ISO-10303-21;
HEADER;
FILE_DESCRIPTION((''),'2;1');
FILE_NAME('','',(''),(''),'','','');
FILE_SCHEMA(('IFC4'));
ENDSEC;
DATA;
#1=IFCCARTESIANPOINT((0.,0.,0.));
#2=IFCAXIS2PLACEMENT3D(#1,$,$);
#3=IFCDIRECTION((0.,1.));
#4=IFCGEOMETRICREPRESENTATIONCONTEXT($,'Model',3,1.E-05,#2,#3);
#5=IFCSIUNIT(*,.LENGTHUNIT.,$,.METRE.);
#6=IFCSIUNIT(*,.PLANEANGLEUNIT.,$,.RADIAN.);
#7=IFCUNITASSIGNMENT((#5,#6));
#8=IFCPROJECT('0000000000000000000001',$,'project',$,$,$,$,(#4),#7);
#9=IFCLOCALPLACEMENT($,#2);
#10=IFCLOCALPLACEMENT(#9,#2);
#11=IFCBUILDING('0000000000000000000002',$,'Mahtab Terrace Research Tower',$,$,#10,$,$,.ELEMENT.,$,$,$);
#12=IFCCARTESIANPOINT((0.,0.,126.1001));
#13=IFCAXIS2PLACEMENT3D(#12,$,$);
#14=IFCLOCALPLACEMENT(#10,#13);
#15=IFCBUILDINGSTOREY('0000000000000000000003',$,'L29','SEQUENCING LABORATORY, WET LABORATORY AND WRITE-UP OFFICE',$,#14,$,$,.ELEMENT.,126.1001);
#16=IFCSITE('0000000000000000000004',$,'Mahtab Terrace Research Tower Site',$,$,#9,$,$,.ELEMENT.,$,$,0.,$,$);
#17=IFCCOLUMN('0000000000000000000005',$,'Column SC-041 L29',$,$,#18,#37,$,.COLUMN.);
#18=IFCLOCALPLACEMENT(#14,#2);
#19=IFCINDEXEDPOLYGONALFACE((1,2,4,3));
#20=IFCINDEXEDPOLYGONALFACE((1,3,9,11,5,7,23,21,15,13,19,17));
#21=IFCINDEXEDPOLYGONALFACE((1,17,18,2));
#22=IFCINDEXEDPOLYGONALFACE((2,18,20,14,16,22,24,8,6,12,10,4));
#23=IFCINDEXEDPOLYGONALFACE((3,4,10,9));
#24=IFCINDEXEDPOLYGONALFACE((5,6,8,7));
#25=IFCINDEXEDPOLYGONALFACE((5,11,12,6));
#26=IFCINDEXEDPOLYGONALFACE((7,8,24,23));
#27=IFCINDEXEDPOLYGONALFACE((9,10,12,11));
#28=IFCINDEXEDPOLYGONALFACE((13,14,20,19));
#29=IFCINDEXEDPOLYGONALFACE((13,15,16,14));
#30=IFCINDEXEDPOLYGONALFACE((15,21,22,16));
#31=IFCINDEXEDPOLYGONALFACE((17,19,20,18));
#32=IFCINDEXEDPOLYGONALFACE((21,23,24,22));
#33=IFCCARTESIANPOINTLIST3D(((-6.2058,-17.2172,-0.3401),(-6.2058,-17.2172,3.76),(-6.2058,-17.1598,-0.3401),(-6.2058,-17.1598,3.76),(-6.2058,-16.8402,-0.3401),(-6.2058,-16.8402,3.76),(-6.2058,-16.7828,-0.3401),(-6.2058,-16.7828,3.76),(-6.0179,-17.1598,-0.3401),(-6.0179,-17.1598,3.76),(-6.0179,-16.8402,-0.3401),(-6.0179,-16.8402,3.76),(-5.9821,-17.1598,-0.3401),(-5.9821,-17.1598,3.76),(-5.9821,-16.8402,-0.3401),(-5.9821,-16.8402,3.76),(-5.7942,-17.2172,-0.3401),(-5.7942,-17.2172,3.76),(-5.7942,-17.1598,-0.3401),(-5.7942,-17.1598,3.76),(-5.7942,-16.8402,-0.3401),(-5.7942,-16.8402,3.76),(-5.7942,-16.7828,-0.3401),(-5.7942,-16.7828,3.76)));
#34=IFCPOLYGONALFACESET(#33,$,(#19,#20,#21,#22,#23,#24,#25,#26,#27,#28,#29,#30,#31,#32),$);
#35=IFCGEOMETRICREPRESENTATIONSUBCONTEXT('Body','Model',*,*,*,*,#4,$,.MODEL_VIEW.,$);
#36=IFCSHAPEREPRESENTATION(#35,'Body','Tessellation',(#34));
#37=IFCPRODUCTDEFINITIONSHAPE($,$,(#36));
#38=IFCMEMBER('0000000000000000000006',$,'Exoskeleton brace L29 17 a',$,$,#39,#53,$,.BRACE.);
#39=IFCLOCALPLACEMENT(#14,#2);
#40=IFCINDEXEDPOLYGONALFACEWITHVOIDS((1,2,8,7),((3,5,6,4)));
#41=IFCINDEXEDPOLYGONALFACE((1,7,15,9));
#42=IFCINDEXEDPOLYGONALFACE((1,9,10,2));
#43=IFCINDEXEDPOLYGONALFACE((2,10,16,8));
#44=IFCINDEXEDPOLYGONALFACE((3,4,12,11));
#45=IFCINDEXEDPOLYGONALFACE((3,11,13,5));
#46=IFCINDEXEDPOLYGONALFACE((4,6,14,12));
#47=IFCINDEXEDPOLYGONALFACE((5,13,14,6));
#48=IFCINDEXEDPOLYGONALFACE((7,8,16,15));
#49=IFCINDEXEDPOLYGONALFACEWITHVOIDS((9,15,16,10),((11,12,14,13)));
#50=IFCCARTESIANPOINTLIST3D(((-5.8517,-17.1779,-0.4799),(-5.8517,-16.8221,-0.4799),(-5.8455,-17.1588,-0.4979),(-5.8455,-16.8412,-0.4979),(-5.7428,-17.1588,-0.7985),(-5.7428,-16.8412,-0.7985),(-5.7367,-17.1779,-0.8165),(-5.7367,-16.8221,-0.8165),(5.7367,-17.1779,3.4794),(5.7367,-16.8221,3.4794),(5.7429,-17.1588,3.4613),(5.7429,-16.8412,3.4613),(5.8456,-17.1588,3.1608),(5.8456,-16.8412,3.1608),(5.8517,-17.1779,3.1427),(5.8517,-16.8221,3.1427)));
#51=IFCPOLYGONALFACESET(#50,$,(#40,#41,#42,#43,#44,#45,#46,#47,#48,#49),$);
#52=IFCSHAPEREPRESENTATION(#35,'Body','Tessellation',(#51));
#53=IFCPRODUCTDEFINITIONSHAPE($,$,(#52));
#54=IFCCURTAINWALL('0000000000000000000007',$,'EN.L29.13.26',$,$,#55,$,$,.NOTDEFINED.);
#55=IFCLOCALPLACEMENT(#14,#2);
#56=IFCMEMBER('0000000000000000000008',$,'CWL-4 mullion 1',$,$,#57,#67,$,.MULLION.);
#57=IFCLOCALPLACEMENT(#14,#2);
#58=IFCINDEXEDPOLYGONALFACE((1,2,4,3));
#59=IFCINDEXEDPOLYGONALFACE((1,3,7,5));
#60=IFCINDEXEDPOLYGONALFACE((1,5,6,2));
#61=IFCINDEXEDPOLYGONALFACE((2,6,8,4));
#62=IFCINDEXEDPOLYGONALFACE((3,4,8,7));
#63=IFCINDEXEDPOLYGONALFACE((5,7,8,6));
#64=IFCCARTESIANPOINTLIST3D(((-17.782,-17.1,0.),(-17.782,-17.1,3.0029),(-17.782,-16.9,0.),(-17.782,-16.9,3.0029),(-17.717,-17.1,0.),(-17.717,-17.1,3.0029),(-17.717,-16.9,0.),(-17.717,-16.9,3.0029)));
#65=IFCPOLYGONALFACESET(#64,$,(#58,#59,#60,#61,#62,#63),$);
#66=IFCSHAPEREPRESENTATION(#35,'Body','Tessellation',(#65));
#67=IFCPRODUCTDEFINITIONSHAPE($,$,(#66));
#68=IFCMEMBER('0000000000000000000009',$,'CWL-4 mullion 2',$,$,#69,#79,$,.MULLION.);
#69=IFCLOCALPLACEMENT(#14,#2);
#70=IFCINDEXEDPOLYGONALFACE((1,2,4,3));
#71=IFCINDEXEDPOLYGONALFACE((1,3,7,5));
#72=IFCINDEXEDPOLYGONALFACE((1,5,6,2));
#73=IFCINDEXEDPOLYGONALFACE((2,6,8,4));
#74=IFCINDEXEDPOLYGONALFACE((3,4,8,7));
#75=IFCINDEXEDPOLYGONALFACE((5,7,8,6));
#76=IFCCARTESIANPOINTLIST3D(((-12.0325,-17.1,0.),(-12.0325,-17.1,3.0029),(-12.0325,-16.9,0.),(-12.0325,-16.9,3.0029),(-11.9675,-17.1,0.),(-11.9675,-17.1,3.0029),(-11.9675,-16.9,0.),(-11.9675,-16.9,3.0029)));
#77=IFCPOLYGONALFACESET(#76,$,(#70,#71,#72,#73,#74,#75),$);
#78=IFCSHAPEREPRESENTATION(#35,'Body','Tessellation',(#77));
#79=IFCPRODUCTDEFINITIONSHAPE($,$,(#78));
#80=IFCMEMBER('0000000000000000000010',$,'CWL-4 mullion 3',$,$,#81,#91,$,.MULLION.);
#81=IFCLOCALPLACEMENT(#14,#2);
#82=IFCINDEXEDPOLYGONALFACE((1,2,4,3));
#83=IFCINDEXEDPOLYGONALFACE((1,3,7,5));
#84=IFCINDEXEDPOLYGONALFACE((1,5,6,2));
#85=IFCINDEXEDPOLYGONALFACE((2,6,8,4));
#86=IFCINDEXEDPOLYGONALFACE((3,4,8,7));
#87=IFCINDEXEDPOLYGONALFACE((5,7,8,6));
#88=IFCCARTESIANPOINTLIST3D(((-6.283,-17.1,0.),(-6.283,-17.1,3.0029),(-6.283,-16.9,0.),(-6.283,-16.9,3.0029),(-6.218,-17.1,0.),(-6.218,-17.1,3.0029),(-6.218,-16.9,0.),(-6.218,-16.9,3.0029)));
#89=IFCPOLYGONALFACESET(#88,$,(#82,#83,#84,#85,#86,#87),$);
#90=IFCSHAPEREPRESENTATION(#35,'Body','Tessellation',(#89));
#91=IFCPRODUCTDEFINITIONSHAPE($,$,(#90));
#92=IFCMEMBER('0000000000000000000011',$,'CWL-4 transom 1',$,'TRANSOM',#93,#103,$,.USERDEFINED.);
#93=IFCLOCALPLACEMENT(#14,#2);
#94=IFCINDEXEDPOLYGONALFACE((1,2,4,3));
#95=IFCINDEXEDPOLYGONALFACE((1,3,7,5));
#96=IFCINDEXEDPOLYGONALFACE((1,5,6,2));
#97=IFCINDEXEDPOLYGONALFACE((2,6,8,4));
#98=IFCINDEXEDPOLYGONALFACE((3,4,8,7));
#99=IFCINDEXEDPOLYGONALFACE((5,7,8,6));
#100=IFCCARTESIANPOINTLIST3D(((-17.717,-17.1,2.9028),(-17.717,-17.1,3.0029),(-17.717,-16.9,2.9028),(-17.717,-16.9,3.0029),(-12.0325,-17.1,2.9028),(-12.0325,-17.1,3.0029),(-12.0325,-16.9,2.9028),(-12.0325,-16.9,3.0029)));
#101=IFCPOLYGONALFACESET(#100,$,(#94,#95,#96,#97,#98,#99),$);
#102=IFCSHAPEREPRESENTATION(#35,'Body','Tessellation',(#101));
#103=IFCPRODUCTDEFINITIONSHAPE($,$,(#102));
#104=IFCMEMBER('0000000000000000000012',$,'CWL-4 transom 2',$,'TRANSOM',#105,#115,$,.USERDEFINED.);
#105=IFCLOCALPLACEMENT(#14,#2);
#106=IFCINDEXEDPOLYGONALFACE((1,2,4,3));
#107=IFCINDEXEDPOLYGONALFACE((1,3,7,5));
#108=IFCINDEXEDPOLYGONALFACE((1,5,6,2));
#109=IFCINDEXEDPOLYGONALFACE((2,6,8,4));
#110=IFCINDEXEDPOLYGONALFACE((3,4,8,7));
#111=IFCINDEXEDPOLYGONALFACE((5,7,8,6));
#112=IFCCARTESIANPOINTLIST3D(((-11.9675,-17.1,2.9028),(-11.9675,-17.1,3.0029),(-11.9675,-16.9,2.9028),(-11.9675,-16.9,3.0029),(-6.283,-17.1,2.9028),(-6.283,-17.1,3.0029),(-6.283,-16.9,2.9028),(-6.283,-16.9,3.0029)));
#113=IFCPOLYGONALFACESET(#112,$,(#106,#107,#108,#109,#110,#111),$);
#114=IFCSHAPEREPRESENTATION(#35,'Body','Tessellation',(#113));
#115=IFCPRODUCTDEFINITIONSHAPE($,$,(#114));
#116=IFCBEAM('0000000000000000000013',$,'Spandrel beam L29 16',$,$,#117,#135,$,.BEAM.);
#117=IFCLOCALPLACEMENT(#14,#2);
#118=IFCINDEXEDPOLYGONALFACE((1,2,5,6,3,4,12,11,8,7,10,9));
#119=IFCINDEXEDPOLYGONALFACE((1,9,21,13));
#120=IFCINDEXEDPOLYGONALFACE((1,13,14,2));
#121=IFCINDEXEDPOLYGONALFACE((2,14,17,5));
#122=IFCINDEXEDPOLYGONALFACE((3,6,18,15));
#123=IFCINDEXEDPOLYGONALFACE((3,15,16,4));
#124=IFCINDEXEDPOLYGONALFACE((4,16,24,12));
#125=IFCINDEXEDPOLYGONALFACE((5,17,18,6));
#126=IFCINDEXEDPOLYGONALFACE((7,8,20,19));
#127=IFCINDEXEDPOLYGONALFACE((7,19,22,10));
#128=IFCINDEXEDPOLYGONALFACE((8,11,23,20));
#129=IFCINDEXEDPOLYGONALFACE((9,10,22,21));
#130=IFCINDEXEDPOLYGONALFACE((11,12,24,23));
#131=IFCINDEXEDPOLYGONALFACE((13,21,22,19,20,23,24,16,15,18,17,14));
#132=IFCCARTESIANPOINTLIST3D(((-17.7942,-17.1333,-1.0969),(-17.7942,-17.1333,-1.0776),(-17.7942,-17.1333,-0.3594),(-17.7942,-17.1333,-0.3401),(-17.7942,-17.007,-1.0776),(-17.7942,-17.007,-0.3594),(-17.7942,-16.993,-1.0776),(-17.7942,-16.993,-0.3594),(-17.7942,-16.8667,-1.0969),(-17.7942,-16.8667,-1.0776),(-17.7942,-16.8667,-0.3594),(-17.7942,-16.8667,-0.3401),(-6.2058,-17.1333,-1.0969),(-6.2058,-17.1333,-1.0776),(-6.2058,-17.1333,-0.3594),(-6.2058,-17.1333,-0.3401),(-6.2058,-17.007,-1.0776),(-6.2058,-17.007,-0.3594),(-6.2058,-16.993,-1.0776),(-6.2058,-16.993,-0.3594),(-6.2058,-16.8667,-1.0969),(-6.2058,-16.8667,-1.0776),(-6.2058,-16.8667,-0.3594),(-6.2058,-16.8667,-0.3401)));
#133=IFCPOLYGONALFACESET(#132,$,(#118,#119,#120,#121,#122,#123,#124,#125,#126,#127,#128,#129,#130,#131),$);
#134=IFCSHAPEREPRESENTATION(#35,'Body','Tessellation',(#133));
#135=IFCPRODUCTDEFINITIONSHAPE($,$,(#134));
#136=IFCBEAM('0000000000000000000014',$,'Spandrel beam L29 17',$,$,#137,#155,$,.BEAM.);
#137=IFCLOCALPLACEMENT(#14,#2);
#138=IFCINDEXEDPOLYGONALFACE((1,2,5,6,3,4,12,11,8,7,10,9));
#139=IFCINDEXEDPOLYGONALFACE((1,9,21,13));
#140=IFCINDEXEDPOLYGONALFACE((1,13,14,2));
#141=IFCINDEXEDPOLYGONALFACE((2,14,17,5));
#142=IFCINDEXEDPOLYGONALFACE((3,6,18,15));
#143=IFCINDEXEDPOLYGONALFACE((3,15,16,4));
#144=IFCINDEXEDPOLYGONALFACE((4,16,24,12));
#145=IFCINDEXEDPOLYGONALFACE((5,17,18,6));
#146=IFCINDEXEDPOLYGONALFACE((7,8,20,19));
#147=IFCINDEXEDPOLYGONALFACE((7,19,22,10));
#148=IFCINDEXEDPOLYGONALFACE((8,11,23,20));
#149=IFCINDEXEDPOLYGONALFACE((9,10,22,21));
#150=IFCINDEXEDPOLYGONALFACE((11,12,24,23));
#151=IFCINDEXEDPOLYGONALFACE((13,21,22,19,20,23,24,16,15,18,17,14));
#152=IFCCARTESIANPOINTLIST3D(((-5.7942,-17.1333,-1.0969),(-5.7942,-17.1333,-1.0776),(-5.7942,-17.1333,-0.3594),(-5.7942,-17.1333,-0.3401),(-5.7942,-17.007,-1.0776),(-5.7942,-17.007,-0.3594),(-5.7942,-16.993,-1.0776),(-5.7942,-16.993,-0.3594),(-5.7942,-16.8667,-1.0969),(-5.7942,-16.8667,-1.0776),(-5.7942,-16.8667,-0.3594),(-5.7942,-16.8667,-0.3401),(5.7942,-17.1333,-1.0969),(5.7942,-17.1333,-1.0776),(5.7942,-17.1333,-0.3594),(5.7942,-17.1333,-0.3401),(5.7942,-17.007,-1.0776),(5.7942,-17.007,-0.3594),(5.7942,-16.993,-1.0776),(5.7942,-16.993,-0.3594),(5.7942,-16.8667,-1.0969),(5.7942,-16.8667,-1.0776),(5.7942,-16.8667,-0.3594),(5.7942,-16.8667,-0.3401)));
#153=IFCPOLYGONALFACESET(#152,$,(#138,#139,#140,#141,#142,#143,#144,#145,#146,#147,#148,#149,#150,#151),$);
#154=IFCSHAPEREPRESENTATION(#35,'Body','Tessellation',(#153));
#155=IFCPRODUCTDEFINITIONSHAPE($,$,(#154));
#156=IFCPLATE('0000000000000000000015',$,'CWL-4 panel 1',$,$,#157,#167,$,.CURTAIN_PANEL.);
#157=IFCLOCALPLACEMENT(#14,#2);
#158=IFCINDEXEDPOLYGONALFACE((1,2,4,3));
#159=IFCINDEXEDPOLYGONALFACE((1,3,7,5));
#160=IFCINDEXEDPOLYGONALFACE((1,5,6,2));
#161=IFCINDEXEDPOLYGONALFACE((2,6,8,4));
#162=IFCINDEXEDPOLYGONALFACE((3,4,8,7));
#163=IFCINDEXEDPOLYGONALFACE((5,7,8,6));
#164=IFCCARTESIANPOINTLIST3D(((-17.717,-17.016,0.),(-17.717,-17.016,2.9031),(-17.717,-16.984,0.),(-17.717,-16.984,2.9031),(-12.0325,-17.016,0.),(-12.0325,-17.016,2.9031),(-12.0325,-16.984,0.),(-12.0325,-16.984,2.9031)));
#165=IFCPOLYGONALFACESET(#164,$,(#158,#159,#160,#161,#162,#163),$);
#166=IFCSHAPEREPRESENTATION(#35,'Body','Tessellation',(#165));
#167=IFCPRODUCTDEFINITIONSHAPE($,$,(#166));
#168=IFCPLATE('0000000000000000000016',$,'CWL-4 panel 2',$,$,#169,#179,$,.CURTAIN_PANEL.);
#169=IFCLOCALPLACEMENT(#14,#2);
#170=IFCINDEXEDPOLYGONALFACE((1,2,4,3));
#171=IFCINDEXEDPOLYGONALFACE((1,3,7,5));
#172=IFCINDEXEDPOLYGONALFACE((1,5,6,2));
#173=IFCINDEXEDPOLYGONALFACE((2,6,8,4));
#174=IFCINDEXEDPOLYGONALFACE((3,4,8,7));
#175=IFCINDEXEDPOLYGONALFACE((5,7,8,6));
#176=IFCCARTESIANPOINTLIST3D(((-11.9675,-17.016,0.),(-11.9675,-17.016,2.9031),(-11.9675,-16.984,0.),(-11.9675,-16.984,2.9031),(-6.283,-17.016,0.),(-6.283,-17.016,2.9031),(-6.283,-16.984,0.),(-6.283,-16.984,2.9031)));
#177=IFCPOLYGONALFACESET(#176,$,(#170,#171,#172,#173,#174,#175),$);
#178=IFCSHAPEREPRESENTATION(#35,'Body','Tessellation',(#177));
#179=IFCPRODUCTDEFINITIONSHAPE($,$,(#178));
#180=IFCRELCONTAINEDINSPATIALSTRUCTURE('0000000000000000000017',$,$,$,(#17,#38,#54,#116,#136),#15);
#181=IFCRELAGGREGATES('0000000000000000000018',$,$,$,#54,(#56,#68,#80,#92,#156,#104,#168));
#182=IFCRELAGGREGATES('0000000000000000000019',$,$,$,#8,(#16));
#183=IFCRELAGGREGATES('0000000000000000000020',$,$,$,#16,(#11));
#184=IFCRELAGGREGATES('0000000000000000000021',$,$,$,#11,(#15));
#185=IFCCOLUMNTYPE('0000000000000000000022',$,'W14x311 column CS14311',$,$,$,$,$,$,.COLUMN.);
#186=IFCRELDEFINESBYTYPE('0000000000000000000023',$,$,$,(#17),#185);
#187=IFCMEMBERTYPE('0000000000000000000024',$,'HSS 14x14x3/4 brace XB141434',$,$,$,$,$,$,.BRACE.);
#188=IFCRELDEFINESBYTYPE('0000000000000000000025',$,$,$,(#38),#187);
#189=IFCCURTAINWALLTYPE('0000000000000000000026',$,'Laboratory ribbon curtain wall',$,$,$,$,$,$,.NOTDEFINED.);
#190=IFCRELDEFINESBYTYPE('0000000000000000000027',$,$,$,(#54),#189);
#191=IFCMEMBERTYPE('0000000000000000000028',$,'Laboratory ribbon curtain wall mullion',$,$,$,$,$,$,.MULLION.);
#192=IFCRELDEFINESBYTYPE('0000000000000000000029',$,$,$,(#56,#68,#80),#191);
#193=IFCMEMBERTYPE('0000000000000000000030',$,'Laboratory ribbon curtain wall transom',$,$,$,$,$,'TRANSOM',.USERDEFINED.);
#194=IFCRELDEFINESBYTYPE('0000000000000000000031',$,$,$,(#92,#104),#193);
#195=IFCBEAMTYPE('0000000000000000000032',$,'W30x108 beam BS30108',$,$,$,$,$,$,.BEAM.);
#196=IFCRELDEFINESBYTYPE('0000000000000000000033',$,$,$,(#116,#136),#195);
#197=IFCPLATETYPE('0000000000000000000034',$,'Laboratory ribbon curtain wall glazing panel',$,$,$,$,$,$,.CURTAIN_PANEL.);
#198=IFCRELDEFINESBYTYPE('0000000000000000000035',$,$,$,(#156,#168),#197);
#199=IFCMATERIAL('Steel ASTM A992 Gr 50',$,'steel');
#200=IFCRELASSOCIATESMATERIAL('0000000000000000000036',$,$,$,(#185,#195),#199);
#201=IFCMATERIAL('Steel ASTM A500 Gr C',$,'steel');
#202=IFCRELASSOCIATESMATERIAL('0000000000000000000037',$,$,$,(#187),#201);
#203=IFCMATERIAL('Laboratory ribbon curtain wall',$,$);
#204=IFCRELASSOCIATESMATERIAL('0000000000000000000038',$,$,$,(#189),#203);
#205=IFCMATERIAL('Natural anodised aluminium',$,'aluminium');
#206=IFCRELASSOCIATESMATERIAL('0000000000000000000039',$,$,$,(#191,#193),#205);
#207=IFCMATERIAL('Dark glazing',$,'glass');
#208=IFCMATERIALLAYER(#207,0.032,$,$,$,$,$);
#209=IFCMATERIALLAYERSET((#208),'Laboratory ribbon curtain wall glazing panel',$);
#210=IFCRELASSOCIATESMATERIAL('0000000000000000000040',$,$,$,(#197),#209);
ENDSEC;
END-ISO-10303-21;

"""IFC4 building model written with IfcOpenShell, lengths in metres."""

from ifc_helpers import new_model, si_unit, direction, frame, origin, origin_2d, place, context, subcontext, project, spatial, rectangle, hollow_rectangle, i_section, extrude, material, layer, layer_set, material_profile, profile_set, type_object, element, aggregate, save


model = new_model("IFC4")

# Units and contexts
model_context = context("Model", 3, precision=1e-05, world=origin(), true_north=direction((0.0, 1.0)))
body_context = subcontext(model_context, "Body", "Model", "MODEL_VIEW")
ifc_project = project(units=[si_unit("LENGTHUNIT", "METRE"), si_unit("PLANEANGLEUNIT", "RADIAN")], contexts=[model_context])

# Site, building, storey
site_placement = place(None, origin())
site = spatial("IfcSite", under=ifc_project, at=site_placement, Name="Mahtab Terrace Research Tower Site", CompositionType="ELEMENT", RefElevation=0.0)
building_placement = place(site_placement, origin())
building = spatial("IfcBuilding", under=site, at=building_placement, Name="Mahtab Terrace Research Tower", CompositionType="ELEMENT")
storey_placement = place(building_placement, frame((0.0, 0.0, 126.1001)))
storey = spatial("IfcBuildingStorey", under=building, at=storey_placement, Name="L29", Description="SEQUENCING LABORATORY, WET LABORATORY AND WRITE-UP OFFICE", CompositionType="ELEMENT", Elevation=126.1001)

# Column
ifc_material_1 = material(Name="Steel ASTM A992 Gr 50", Category="steel")
ifc_material_profile_1 = material_profile(ifc_material_1, i_section(OverallWidth=0.4116, OverallDepth=0.4343, WebThickness=0.0359, FlangeThickness=0.0574, at=origin_2d()), Name="W14X311")
ifc_profile_set_1 = profile_set([ifc_material_profile_1], Name="Steel ASTM A992 Gr 50")
column_type = type_object("IfcColumnType", Name="W14x311 column CS14311", PredefinedType="COLUMN", material=ifc_profile_set_1)
column_placement = place(storey_placement, frame((-6.0, -17.0, -0.3401), z_axis=(0.0, 0.0, 1.0), x_axis=(1.0, 0.0, 0.0)))
element("IfcColumn", 1, at=column_placement, inside=storey, type_object=column_type, Name="Column SC-041 L29", PredefinedType="COLUMN", context=body_context, shape_type="SweptSolid", body=[
    extrude(i_section(OverallWidth=0.4116, OverallDepth=0.4343, WebThickness=0.0359, FlangeThickness=0.0574, at=origin_2d()), origin(), (0.0, 0.0, 1.0), 4.1001),
])

# Member
ifc_material_2 = material(Name="Steel ASTM A500 Gr C", Category="steel")
ifc_material_profile_2 = material_profile(ifc_material_2, hollow_rectangle(XDim=0.3557, YDim=0.3557, WallThickness=0.019, at=origin_2d()), Name="HSS14X14X3/4")
ifc_profile_set_2 = profile_set([ifc_material_profile_2], Name="Steel ASTM A500 Gr C")
member_type_1 = type_object("IfcMemberType", Name="HSS 14x14x3/4 brace XB141434", PredefinedType="BRACE", material=ifc_profile_set_2)
member_1_placement = place(storey_placement, frame((-5.7942, -17.0, -0.6482), z_axis=(0.946294, 0.0, 0.323306), x_axis=(0.0, 1.0, 0.0)))
element("IfcMember", 2, at=member_1_placement, inside=storey, type_object=member_type_1, Name="Exoskeleton brace L29 17 a", PredefinedType="BRACE", context=body_context, shape_type="SweptSolid", body=[
    extrude(hollow_rectangle(XDim=0.3557, YDim=0.3557, WallThickness=0.019, at=origin_2d()), origin(), (0.0, 0.0, 1.0), 12.2461),
])

# Curtain wall, members
ifc_material_3 = material(Name="Laboratory ribbon curtain wall")
curtain_wall_type = type_object("IfcCurtainWallType", Name="Laboratory ribbon curtain wall", PredefinedType="NOTDEFINED", material=ifc_material_3)
curtain_wall_placement = place(storey_placement, origin())
curtain_wall = element("IfcCurtainWall", 3, at=curtain_wall_placement, inside=storey, type_object=curtain_wall_type, Name="EN.L29.13.26", PredefinedType="NOTDEFINED")
ifc_material_4 = material(Name="Natural anodised aluminium", Category="aluminium")
ifc_material_profile_3 = material_profile(ifc_material_4, rectangle(XDim=0.2, YDim=0.0649, at=origin_2d()), Name="MULLION 65x200")
ifc_profile_set_3 = profile_set([ifc_material_profile_3], Name="Natural anodised aluminium")
member_type_2 = type_object("IfcMemberType", Name="Laboratory ribbon curtain wall mullion", PredefinedType="MULLION", material=ifc_profile_set_3)
member_2_placement = place(storey_placement, frame((-17.7495, -17.0, 0.0), z_axis=(0.0, 0.0, 1.0), x_axis=(0.0, 1.0, 0.0)))
member_2 = element("IfcMember", 4, at=member_2_placement, type_object=member_type_2, Name="CWL-4 mullion 1", PredefinedType="MULLION", context=body_context, shape_type="SweptSolid", body=[
    extrude(rectangle(XDim=0.2, YDim=0.0649, at=origin_2d()), origin(), (0.0, 0.0, 1.0), 3.0029),
])
member_3_placement = place(storey_placement, frame((-12.0, -17.0, 0.0), z_axis=(0.0, 0.0, 1.0), x_axis=(0.0, 1.0, 0.0)))
member_3 = element("IfcMember", 5, at=member_3_placement, type_object=member_type_2, Name="CWL-4 mullion 2", PredefinedType="MULLION", context=body_context, shape_type="SweptSolid", body=[
    extrude(rectangle(XDim=0.2, YDim=0.0649, at=origin_2d()), origin(), (0.0, 0.0, 1.0), 3.0029),
])
member_4_placement = place(storey_placement, frame((-6.2505, -17.0, 0.0), z_axis=(0.0, 0.0, 1.0), x_axis=(0.0, 1.0, 0.0)))
member_4 = element("IfcMember", 6, at=member_4_placement, type_object=member_type_2, Name="CWL-4 mullion 3", PredefinedType="MULLION", context=body_context, shape_type="SweptSolid", body=[
    extrude(rectangle(XDim=0.2, YDim=0.0649, at=origin_2d()), origin(), (0.0, 0.0, 1.0), 3.0029),
])
ifc_material_profile_4 = material_profile(ifc_material_4, rectangle(XDim=0.2, YDim=0.1001, at=origin_2d()), Name="TRANSOM 100x200")
ifc_profile_set_4 = profile_set([ifc_material_profile_4], Name="Natural anodised aluminium")
member_type_3 = type_object("IfcMemberType", Name="Laboratory ribbon curtain wall transom", ElementType="TRANSOM", PredefinedType="USERDEFINED", material=ifc_profile_set_4)
member_5_placement = place(storey_placement, frame((-17.717, -17.0, 2.9529), z_axis=(1.0, 0.0, 0.0), x_axis=(0.0, 1.0, 0.0)))
member_5 = element("IfcMember", 7, at=member_5_placement, type_object=member_type_3, Name="CWL-4 transom 1", ObjectType="TRANSOM", PredefinedType="USERDEFINED", context=body_context, shape_type="SweptSolid", body=[
    extrude(rectangle(XDim=0.2, YDim=0.1001, at=origin_2d()), origin(), (0.0, 0.0, 1.0), 5.6846),
])
member_6_placement = place(storey_placement, frame((-11.9675, -17.0, 2.9529), z_axis=(1.0, 0.0, 0.0), x_axis=(0.0, 1.0, 0.0)))
member_6 = element("IfcMember", 8, at=member_6_placement, type_object=member_type_3, Name="CWL-4 transom 2", ObjectType="TRANSOM", PredefinedType="USERDEFINED", context=body_context, shape_type="SweptSolid", body=[
    extrude(rectangle(XDim=0.2, YDim=0.1001, at=origin_2d()), origin(), (0.0, 0.0, 1.0), 5.6846),
])

# Beams
ifc_material_profile_5 = material_profile(ifc_material_1, i_section(OverallWidth=0.2666, OverallDepth=0.7568, WebThickness=0.0139, FlangeThickness=0.0193, at=origin_2d()), Name="W30X108")
ifc_profile_set_5 = profile_set([ifc_material_profile_5], Name="Steel ASTM A992 Gr 50")
beam_type = type_object("IfcBeamType", Name="W30x108 beam BS30108", PredefinedType="BEAM", material=ifc_profile_set_5)
for number, where, z_axis, x_axis, name in (
    (9, (-17.7942, -17.0, -0.7185), (1.0, 0.0, 0.0), (0.0, 1.0, 0.0), "Spandrel beam L29 16"),
    (10, (-5.7942, -17.0, -0.7185), (1.0, 0.0, 0.0), (0.0, 1.0, 0.0), "Spandrel beam L29 17"),
):
    element("IfcBeam", number, at=place(storey_placement, frame(where, z_axis=z_axis, x_axis=x_axis)), inside=storey, type_object=beam_type, Name=name, PredefinedType="BEAM", context=body_context, shape_type="SweptSolid", body=[
        extrude(i_section(OverallWidth=0.2666, OverallDepth=0.7568, WebThickness=0.0139, FlangeThickness=0.0193, at=origin_2d()), origin(), (0.0, 0.0, 1.0), 11.5884),
    ])

# Plates
ifc_material_5 = material(Name="Dark glazing", Category="glass")
ifc_layer_1 = layer(ifc_material_5, 0.032)
ifc_layer_set_1 = layer_set([ifc_layer_1], Name="Laboratory ribbon curtain wall glazing panel")
plate_type = type_object("IfcPlateType", Name="Laboratory ribbon curtain wall glazing panel", PredefinedType="CURTAIN_PANEL", material=ifc_layer_set_1)
plate_1_placement = place(storey_placement, frame((-14.8748, -17.0, 0.0), z_axis=(0.0, 0.0, 1.0), x_axis=(1.0, 0.0, 0.0)))
plate_1 = element("IfcPlate", 11, at=plate_1_placement, type_object=plate_type, Name="CWL-4 panel 1", PredefinedType="CURTAIN_PANEL", context=body_context, shape_type="SweptSolid", body=[
    extrude(rectangle(XDim=5.6846, YDim=0.032, at=origin_2d()), origin(), (0.0, 0.0, 1.0), 2.9031),
])
plate_2_placement = place(storey_placement, frame((-9.1252, -17.0, 0.0), z_axis=(0.0, 0.0, 1.0), x_axis=(1.0, 0.0, 0.0)))
plate_2 = element("IfcPlate", 12, at=plate_2_placement, type_object=plate_type, Name="CWL-4 panel 2", PredefinedType="CURTAIN_PANEL", context=body_context, shape_type="SweptSolid", body=[
    extrude(rectangle(XDim=5.6846, YDim=0.032, at=origin_2d()), origin(), (0.0, 0.0, 1.0), 2.9031),
])
aggregate(curtain_wall, [member_2, member_3, member_4, member_5, plate_1, member_6, plate_2])

save(model, "model.ifc")
